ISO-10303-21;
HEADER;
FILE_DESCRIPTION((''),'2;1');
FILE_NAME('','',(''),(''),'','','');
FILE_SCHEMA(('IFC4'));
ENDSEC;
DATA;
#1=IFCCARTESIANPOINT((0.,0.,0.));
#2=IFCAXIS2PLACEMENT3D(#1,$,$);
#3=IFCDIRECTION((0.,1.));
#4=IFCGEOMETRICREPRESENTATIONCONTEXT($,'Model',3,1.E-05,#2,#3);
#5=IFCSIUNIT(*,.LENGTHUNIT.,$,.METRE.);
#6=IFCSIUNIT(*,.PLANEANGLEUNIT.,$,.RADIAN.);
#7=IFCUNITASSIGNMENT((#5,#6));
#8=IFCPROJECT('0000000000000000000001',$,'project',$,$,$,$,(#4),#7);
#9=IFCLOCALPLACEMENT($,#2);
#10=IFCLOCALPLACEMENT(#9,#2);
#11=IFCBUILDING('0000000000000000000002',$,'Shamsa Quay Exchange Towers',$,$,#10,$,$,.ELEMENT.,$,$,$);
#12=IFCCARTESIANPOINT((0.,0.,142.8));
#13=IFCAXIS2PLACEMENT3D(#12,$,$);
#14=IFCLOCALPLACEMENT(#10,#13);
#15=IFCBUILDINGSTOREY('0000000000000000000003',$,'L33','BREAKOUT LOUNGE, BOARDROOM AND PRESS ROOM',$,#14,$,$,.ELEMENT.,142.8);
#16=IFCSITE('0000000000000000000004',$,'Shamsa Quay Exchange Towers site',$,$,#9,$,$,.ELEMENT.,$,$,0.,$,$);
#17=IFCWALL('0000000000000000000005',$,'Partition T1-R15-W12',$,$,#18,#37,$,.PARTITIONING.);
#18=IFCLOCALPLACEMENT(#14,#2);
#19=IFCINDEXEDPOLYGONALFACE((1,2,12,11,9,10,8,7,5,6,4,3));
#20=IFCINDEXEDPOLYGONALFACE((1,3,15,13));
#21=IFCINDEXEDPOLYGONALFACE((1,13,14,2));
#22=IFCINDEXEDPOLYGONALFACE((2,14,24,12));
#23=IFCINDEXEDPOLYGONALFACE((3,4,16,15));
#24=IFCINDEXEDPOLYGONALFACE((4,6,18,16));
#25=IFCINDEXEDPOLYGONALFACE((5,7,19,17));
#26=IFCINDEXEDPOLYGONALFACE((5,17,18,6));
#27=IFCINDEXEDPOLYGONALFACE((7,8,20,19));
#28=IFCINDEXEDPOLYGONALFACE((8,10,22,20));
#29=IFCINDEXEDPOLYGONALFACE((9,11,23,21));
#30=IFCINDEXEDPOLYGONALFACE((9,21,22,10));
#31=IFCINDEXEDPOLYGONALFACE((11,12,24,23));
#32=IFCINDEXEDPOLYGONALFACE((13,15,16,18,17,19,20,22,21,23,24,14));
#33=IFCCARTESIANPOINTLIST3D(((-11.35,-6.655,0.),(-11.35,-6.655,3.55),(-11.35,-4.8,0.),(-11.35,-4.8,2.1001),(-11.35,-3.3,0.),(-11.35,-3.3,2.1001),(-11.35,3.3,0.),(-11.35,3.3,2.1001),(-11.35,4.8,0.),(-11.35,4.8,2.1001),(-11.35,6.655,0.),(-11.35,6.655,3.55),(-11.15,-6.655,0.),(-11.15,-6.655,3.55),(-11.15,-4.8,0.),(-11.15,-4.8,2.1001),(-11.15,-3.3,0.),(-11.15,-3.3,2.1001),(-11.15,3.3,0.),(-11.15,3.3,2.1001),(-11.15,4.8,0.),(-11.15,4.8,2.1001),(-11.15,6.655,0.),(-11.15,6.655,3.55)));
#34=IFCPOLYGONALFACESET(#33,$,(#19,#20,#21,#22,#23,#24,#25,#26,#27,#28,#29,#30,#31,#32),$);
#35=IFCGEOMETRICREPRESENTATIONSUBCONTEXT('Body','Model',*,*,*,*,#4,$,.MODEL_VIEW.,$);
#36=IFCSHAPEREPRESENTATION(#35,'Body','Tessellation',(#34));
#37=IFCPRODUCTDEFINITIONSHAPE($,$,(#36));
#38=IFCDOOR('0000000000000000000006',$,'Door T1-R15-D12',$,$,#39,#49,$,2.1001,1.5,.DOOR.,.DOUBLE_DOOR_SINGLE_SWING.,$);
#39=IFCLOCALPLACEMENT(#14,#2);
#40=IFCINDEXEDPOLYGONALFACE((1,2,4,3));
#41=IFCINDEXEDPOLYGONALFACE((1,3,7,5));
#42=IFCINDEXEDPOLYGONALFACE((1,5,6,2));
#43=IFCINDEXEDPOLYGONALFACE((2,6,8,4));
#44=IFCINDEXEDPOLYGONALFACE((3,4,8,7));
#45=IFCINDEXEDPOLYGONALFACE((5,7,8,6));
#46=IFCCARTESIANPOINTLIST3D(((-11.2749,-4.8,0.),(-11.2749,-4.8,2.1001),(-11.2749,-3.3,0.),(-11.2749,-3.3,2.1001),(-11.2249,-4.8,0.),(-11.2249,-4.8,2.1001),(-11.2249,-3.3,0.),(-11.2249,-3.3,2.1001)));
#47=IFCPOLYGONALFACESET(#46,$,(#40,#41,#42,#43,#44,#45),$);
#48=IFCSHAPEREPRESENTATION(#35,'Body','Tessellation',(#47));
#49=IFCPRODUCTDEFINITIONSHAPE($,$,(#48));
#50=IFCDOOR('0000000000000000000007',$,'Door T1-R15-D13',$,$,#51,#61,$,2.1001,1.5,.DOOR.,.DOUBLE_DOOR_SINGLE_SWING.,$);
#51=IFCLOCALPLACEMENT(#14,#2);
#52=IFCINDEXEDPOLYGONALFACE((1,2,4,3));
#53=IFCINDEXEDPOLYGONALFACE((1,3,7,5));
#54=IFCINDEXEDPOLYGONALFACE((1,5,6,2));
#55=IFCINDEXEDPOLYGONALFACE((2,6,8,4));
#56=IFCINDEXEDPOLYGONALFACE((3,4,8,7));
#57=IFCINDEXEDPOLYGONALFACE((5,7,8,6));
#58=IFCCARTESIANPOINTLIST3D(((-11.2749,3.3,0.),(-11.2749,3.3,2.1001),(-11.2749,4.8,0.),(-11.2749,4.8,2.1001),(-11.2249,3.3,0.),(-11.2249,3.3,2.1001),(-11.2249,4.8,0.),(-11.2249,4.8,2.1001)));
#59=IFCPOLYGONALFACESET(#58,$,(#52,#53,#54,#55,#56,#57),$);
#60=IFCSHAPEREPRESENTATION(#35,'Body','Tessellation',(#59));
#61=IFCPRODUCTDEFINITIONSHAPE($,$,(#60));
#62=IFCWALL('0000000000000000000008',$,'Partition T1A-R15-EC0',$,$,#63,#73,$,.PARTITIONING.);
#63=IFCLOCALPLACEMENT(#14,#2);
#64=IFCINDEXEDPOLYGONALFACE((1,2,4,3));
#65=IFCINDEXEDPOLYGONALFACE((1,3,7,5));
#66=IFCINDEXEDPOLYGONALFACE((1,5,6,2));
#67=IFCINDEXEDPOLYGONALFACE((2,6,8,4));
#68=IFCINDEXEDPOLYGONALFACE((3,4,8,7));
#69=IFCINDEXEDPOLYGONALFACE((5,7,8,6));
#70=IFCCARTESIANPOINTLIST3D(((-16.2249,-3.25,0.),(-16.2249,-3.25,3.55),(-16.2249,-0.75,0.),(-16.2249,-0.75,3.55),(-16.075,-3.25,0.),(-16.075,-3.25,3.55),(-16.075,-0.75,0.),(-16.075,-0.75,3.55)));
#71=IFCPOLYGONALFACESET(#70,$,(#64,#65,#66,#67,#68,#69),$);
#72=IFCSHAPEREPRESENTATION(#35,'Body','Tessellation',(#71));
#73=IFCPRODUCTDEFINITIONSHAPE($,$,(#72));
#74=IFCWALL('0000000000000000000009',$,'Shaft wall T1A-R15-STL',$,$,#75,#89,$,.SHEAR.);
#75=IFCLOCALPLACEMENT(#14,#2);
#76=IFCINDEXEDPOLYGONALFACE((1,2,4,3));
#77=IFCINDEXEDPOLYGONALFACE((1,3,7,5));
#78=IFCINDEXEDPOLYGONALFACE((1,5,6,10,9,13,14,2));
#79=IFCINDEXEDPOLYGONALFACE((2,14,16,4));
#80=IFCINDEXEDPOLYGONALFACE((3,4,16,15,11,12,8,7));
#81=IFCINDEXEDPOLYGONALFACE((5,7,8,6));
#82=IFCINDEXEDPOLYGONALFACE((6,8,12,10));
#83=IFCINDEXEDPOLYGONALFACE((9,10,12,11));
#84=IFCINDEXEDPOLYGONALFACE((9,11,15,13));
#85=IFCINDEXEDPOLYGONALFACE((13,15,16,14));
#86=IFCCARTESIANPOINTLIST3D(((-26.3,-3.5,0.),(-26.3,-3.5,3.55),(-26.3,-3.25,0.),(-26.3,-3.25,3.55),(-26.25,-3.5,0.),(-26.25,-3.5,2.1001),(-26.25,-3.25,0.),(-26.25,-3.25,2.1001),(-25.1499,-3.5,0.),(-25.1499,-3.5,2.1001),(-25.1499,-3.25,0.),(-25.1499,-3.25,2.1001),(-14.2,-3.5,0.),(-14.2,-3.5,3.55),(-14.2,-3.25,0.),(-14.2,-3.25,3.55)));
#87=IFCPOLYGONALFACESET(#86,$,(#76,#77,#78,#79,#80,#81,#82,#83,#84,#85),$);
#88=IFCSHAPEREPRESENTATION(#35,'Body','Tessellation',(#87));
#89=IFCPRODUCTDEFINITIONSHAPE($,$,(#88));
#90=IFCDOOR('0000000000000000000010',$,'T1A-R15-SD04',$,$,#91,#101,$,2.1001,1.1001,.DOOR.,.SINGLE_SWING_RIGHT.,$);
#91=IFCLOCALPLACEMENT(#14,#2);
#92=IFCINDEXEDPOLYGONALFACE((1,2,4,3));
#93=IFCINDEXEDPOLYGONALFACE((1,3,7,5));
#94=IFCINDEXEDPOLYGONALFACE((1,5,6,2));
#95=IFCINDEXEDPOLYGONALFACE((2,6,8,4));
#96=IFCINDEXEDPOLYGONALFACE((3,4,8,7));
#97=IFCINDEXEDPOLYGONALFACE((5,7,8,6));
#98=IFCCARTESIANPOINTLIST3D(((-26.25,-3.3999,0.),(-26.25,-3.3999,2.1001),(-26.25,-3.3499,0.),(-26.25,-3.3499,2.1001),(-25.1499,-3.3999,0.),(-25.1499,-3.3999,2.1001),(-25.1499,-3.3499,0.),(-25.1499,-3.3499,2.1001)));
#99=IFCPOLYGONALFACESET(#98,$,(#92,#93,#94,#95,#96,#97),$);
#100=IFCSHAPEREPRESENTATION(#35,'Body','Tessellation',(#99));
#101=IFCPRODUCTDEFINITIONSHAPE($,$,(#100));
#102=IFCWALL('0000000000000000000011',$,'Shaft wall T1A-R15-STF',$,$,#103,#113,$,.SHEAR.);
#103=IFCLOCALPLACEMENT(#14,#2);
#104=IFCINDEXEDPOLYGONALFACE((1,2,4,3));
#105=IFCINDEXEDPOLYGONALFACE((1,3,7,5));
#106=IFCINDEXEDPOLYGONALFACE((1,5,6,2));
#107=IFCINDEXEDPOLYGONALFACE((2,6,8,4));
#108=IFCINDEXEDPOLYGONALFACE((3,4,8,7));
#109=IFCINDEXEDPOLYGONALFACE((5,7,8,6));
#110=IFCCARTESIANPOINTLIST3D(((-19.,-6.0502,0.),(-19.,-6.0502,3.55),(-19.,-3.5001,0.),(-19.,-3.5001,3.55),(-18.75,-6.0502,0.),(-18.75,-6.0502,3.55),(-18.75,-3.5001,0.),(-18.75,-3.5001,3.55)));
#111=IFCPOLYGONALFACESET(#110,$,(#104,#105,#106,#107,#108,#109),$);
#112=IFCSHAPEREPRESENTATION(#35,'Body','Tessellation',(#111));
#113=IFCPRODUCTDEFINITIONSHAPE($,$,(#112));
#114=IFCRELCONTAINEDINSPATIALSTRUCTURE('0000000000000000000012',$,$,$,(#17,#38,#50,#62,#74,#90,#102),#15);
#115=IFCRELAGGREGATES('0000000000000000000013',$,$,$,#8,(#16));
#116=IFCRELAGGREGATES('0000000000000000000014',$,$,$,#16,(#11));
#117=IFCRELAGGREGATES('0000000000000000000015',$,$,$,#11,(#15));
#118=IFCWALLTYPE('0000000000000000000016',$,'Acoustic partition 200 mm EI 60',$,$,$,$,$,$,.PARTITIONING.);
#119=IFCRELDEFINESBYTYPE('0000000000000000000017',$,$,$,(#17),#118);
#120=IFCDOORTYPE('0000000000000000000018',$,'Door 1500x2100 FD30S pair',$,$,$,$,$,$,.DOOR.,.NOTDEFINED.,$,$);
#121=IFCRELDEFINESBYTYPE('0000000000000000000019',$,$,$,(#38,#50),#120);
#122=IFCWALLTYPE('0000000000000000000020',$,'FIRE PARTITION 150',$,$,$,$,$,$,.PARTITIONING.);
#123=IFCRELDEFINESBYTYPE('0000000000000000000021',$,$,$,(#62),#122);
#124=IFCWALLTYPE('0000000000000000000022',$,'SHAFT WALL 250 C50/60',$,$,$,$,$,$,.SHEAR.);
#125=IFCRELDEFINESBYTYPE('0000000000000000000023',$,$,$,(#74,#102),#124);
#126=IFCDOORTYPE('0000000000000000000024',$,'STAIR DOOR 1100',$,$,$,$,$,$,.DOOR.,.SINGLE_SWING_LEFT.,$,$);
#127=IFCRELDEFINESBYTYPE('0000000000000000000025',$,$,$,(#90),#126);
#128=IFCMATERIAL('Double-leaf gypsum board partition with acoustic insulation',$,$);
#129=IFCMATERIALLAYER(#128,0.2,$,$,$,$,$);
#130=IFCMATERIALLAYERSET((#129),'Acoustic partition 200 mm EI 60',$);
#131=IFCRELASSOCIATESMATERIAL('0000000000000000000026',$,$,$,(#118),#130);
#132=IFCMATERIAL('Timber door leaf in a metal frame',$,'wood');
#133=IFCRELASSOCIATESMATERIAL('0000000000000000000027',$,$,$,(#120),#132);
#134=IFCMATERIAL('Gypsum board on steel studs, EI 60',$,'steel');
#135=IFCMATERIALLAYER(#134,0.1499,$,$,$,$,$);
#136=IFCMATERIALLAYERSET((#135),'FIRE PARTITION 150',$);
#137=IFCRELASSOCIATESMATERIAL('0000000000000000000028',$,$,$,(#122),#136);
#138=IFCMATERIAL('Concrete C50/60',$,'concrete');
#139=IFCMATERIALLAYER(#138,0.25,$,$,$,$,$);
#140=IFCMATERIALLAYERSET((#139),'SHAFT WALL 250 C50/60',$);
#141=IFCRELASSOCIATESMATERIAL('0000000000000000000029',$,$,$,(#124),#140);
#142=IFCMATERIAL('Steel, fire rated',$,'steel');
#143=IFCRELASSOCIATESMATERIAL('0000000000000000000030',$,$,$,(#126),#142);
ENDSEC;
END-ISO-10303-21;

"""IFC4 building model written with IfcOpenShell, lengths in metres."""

from ifc_helpers import new_model, si_unit, direction, frame, frame_2d, origin, place, context, subcontext, project, spatial, rectangle, extrude, material, layer, layer_set, type_object, element, fill, save


model = new_model("IFC4")

# Units and contexts
model_context = context("Model", 3, precision=1e-05, world=origin(), true_north=direction((0.0, 1.0)))
body_context = subcontext(model_context, "Body", "Model", "MODEL_VIEW")
ifc_project = project(units=[si_unit("LENGTHUNIT", "METRE"), si_unit("PLANEANGLEUNIT", "RADIAN")], contexts=[model_context])

# Site, building, storey
site_placement = place(None, origin())
site = spatial("IfcSite", under=ifc_project, at=site_placement, Name="Shamsa Quay Exchange Towers site", CompositionType="ELEMENT", RefElevation=0.0)
building_placement = place(site_placement, origin())
building = spatial("IfcBuilding", under=site, at=building_placement, Name="Shamsa Quay Exchange Towers", CompositionType="ELEMENT")
storey_placement = place(building_placement, frame((0.0, 0.0, 142.8)))
storey = spatial("IfcBuildingStorey", under=building, at=storey_placement, Name="L33", Description="BREAKOUT LOUNGE, BOARDROOM AND PRESS ROOM", CompositionType="ELEMENT", Elevation=142.8)

# Wall, openings, doors
ifc_material_1 = material(Name="Double-leaf gypsum board partition with acoustic insulation")
ifc_layer_1 = layer(ifc_material_1, 0.2)
ifc_layer_set_1 = layer_set([ifc_layer_1], Name="Acoustic partition 200 mm EI 60")
wall_type_1 = type_object("IfcWallType", Name="Acoustic partition 200 mm EI 60", PredefinedType="PARTITIONING", material=ifc_layer_set_1)
wall_1_placement = place(storey_placement, frame((-11.25, -6.655, 0.0), z_axis=(0.0, 0.0, 1.0), x_axis=(0.0, 1.0, 0.0)))
wall_1 = element("IfcWall", 1, at=wall_1_placement, inside=storey, type_object=wall_type_1, Name="Partition T1-R15-W12", PredefinedType="PARTITIONING", context=body_context, shape_type="SweptSolid", body=[
    extrude(rectangle(XDim=13.3101, YDim=0.2, at=frame_2d((6.655, 0.0))), origin(), (0.0, 0.0, 1.0), 3.55),
])
opening_1_placement = place(wall_1_placement, frame((1.855, 0.0, 0.0)))
opening_1 = element("IfcOpeningElement", 2, at=opening_1_placement, cuts=wall_1, PredefinedType="OPENING", context=body_context, shape_type="SweptSolid", body=[
    extrude(rectangle(XDim=1.5, YDim=2.1001, at=frame_2d((0.75, 1.05))), frame((0.0, 0.1099, 0.0), z_axis=(0.0, -1.0, 0.0), x_axis=(1.0, 0.0, 0.0)), (0.0, 0.0, 1.0), 0.22),
])
opening_2_placement = place(wall_1_placement, frame((9.9551, 0.0, 0.0)))
opening_2 = element("IfcOpeningElement", 3, at=opening_2_placement, cuts=wall_1, PredefinedType="OPENING", context=body_context, shape_type="SweptSolid", body=[
    extrude(rectangle(XDim=1.5, YDim=2.1001, at=frame_2d((0.75, 1.05))), frame((0.0, 0.1099, 0.0), z_axis=(0.0, -1.0, 0.0), x_axis=(1.0, 0.0, 0.0)), (0.0, 0.0, 1.0), 0.22),
])
ifc_material_2 = material(Name="Timber door leaf in a metal frame", Category="wood")
door_type_1 = type_object("IfcDoorType", Name="Door 1500x2100 FD30S pair", OperationType="NOTDEFINED", PredefinedType="DOOR", material=ifc_material_2)
door_1_placement = place(opening_1_placement, origin())
door_1 = element("IfcDoor", 4, at=door_1_placement, inside=storey, type_object=door_type_1, Name="Door T1-R15-D12", OperationType="DOUBLE_DOOR_SINGLE_SWING", OverallHeight=2.1001, OverallWidth=1.5, PredefinedType="DOOR", context=body_context, shape_type="SweptSolid", body=[
    extrude(rectangle(XDim=1.5, YDim=2.1001, at=frame_2d((0.75, 1.05))), frame((0.0, 0.0249, 0.0), z_axis=(0.0, -1.0, 0.0), x_axis=(1.0, 0.0, 0.0)), (0.0, 0.0, 1.0), 0.05),
])
fill(opening_1, door_1)
door_2_placement = place(opening_2_placement, origin())
door_2 = element("IfcDoor", 5, at=door_2_placement, inside=storey, type_object=door_type_1, Name="Door T1-R15-D13", OperationType="DOUBLE_DOOR_SINGLE_SWING", OverallHeight=2.1001, OverallWidth=1.5, PredefinedType="DOOR", context=body_context, shape_type="SweptSolid", body=[
    extrude(rectangle(XDim=1.5, YDim=2.1001, at=frame_2d((0.75, 1.05))), frame((0.0, 0.0249, 0.0), z_axis=(0.0, -1.0, 0.0), x_axis=(1.0, 0.0, 0.0)), (0.0, 0.0, 1.0), 0.05),
])
fill(opening_2, door_2)

# Wall
ifc_material_3 = material(Name="Gypsum board on steel studs, EI 60", Category="steel")
ifc_layer_2 = layer(ifc_material_3, 0.1499)
ifc_layer_set_2 = layer_set([ifc_layer_2], Name="FIRE PARTITION 150")
wall_type_2 = type_object("IfcWallType", Name="FIRE PARTITION 150", PredefinedType="PARTITIONING", material=ifc_layer_set_2)
wall_2_placement = place(storey_placement, frame((-16.1499, -3.25, 0.0), z_axis=(0.0, 0.0, 1.0), x_axis=(0.0, 1.0, 0.0)))
element("IfcWall", 6, at=wall_2_placement, inside=storey, type_object=wall_type_2, Name="Partition T1A-R15-EC0", PredefinedType="PARTITIONING", context=body_context, shape_type="SweptSolid", body=[
    extrude(rectangle(XDim=2.5, YDim=0.1499, at=frame_2d((1.25, 0.0))), origin(), (0.0, 0.0, 1.0), 3.55),
])

# Wall, opening, door
ifc_material_4 = material(Name="Concrete C50/60", Category="concrete")
ifc_layer_3 = layer(ifc_material_4, 0.25)
ifc_layer_set_3 = layer_set([ifc_layer_3], Name="SHAFT WALL 250 C50/60")
wall_type_3 = type_object("IfcWallType", Name="SHAFT WALL 250 C50/60", PredefinedType="SHEAR", material=ifc_layer_set_3)
wall_3_placement = place(storey_placement, frame((-14.2, -3.375, 0.0), z_axis=(0.0, 0.0, 1.0), x_axis=(-1.0, 0.0, 0.0)))
wall_3 = element("IfcWall", 7, at=wall_3_placement, inside=storey, type_object=wall_type_3, Name="Shaft wall T1A-R15-STL", PredefinedType="SHEAR", context=body_context, shape_type="SweptSolid", body=[
    extrude(rectangle(XDim=12.1001, YDim=0.25, at=frame_2d((6.05, 0.0))), origin(), (0.0, 0.0, 1.0), 3.55),
])
opening_3_placement = place(wall_3_placement, frame((10.95, 0.0, 0.0)))
opening_3 = element("IfcOpeningElement", 8, at=opening_3_placement, cuts=wall_3, PredefinedType="OPENING", context=body_context, shape_type="SweptSolid", body=[
    extrude(rectangle(XDim=1.1001, YDim=2.1001, at=frame_2d((0.55, 1.05))), frame((0.0, 0.135, 0.0), z_axis=(0.0, -1.0, 0.0), x_axis=(1.0, 0.0, 0.0)), (0.0, 0.0, 1.0), 0.27),
])
ifc_material_5 = material(Name="Steel, fire rated", Category="steel")
door_type_2 = type_object("IfcDoorType", Name="STAIR DOOR 1100", OperationType="SINGLE_SWING_LEFT", PredefinedType="DOOR", material=ifc_material_5)
door_3_placement = place(opening_3_placement, origin())
door_3 = element("IfcDoor", 9, at=door_3_placement, inside=storey, type_object=door_type_2, Name="T1A-R15-SD04", OperationType="SINGLE_SWING_RIGHT", OverallHeight=2.1001, OverallWidth=1.1001, PredefinedType="DOOR", context=body_context, shape_type="SweptSolid", body=[
    extrude(rectangle(XDim=1.1001, YDim=2.1001, at=frame_2d((0.55, 1.05))), frame((0.0, 0.0249, 0.0), z_axis=(0.0, -1.0, 0.0), x_axis=(1.0, 0.0, 0.0)), (0.0, 0.0, 1.0), 0.05),
])
fill(opening_3, door_3)

# Wall
wall_4_placement = place(storey_placement, frame((-18.875, -6.05, 0.0), z_axis=(0.0, 0.0, 1.0), x_axis=(0.0, 1.0, 0.0)))
element("IfcWall", 10, at=wall_4_placement, inside=storey, type_object=wall_type_3, Name="Shaft wall T1A-R15-STF", PredefinedType="SHEAR", context=body_context, shape_type="SweptSolid", body=[
    extrude(rectangle(XDim=2.55, YDim=0.25, at=frame_2d((1.2749, 0.0))), origin(), (0.0, 0.0, 1.0), 3.55),
])

save(model, "model.ifc")
